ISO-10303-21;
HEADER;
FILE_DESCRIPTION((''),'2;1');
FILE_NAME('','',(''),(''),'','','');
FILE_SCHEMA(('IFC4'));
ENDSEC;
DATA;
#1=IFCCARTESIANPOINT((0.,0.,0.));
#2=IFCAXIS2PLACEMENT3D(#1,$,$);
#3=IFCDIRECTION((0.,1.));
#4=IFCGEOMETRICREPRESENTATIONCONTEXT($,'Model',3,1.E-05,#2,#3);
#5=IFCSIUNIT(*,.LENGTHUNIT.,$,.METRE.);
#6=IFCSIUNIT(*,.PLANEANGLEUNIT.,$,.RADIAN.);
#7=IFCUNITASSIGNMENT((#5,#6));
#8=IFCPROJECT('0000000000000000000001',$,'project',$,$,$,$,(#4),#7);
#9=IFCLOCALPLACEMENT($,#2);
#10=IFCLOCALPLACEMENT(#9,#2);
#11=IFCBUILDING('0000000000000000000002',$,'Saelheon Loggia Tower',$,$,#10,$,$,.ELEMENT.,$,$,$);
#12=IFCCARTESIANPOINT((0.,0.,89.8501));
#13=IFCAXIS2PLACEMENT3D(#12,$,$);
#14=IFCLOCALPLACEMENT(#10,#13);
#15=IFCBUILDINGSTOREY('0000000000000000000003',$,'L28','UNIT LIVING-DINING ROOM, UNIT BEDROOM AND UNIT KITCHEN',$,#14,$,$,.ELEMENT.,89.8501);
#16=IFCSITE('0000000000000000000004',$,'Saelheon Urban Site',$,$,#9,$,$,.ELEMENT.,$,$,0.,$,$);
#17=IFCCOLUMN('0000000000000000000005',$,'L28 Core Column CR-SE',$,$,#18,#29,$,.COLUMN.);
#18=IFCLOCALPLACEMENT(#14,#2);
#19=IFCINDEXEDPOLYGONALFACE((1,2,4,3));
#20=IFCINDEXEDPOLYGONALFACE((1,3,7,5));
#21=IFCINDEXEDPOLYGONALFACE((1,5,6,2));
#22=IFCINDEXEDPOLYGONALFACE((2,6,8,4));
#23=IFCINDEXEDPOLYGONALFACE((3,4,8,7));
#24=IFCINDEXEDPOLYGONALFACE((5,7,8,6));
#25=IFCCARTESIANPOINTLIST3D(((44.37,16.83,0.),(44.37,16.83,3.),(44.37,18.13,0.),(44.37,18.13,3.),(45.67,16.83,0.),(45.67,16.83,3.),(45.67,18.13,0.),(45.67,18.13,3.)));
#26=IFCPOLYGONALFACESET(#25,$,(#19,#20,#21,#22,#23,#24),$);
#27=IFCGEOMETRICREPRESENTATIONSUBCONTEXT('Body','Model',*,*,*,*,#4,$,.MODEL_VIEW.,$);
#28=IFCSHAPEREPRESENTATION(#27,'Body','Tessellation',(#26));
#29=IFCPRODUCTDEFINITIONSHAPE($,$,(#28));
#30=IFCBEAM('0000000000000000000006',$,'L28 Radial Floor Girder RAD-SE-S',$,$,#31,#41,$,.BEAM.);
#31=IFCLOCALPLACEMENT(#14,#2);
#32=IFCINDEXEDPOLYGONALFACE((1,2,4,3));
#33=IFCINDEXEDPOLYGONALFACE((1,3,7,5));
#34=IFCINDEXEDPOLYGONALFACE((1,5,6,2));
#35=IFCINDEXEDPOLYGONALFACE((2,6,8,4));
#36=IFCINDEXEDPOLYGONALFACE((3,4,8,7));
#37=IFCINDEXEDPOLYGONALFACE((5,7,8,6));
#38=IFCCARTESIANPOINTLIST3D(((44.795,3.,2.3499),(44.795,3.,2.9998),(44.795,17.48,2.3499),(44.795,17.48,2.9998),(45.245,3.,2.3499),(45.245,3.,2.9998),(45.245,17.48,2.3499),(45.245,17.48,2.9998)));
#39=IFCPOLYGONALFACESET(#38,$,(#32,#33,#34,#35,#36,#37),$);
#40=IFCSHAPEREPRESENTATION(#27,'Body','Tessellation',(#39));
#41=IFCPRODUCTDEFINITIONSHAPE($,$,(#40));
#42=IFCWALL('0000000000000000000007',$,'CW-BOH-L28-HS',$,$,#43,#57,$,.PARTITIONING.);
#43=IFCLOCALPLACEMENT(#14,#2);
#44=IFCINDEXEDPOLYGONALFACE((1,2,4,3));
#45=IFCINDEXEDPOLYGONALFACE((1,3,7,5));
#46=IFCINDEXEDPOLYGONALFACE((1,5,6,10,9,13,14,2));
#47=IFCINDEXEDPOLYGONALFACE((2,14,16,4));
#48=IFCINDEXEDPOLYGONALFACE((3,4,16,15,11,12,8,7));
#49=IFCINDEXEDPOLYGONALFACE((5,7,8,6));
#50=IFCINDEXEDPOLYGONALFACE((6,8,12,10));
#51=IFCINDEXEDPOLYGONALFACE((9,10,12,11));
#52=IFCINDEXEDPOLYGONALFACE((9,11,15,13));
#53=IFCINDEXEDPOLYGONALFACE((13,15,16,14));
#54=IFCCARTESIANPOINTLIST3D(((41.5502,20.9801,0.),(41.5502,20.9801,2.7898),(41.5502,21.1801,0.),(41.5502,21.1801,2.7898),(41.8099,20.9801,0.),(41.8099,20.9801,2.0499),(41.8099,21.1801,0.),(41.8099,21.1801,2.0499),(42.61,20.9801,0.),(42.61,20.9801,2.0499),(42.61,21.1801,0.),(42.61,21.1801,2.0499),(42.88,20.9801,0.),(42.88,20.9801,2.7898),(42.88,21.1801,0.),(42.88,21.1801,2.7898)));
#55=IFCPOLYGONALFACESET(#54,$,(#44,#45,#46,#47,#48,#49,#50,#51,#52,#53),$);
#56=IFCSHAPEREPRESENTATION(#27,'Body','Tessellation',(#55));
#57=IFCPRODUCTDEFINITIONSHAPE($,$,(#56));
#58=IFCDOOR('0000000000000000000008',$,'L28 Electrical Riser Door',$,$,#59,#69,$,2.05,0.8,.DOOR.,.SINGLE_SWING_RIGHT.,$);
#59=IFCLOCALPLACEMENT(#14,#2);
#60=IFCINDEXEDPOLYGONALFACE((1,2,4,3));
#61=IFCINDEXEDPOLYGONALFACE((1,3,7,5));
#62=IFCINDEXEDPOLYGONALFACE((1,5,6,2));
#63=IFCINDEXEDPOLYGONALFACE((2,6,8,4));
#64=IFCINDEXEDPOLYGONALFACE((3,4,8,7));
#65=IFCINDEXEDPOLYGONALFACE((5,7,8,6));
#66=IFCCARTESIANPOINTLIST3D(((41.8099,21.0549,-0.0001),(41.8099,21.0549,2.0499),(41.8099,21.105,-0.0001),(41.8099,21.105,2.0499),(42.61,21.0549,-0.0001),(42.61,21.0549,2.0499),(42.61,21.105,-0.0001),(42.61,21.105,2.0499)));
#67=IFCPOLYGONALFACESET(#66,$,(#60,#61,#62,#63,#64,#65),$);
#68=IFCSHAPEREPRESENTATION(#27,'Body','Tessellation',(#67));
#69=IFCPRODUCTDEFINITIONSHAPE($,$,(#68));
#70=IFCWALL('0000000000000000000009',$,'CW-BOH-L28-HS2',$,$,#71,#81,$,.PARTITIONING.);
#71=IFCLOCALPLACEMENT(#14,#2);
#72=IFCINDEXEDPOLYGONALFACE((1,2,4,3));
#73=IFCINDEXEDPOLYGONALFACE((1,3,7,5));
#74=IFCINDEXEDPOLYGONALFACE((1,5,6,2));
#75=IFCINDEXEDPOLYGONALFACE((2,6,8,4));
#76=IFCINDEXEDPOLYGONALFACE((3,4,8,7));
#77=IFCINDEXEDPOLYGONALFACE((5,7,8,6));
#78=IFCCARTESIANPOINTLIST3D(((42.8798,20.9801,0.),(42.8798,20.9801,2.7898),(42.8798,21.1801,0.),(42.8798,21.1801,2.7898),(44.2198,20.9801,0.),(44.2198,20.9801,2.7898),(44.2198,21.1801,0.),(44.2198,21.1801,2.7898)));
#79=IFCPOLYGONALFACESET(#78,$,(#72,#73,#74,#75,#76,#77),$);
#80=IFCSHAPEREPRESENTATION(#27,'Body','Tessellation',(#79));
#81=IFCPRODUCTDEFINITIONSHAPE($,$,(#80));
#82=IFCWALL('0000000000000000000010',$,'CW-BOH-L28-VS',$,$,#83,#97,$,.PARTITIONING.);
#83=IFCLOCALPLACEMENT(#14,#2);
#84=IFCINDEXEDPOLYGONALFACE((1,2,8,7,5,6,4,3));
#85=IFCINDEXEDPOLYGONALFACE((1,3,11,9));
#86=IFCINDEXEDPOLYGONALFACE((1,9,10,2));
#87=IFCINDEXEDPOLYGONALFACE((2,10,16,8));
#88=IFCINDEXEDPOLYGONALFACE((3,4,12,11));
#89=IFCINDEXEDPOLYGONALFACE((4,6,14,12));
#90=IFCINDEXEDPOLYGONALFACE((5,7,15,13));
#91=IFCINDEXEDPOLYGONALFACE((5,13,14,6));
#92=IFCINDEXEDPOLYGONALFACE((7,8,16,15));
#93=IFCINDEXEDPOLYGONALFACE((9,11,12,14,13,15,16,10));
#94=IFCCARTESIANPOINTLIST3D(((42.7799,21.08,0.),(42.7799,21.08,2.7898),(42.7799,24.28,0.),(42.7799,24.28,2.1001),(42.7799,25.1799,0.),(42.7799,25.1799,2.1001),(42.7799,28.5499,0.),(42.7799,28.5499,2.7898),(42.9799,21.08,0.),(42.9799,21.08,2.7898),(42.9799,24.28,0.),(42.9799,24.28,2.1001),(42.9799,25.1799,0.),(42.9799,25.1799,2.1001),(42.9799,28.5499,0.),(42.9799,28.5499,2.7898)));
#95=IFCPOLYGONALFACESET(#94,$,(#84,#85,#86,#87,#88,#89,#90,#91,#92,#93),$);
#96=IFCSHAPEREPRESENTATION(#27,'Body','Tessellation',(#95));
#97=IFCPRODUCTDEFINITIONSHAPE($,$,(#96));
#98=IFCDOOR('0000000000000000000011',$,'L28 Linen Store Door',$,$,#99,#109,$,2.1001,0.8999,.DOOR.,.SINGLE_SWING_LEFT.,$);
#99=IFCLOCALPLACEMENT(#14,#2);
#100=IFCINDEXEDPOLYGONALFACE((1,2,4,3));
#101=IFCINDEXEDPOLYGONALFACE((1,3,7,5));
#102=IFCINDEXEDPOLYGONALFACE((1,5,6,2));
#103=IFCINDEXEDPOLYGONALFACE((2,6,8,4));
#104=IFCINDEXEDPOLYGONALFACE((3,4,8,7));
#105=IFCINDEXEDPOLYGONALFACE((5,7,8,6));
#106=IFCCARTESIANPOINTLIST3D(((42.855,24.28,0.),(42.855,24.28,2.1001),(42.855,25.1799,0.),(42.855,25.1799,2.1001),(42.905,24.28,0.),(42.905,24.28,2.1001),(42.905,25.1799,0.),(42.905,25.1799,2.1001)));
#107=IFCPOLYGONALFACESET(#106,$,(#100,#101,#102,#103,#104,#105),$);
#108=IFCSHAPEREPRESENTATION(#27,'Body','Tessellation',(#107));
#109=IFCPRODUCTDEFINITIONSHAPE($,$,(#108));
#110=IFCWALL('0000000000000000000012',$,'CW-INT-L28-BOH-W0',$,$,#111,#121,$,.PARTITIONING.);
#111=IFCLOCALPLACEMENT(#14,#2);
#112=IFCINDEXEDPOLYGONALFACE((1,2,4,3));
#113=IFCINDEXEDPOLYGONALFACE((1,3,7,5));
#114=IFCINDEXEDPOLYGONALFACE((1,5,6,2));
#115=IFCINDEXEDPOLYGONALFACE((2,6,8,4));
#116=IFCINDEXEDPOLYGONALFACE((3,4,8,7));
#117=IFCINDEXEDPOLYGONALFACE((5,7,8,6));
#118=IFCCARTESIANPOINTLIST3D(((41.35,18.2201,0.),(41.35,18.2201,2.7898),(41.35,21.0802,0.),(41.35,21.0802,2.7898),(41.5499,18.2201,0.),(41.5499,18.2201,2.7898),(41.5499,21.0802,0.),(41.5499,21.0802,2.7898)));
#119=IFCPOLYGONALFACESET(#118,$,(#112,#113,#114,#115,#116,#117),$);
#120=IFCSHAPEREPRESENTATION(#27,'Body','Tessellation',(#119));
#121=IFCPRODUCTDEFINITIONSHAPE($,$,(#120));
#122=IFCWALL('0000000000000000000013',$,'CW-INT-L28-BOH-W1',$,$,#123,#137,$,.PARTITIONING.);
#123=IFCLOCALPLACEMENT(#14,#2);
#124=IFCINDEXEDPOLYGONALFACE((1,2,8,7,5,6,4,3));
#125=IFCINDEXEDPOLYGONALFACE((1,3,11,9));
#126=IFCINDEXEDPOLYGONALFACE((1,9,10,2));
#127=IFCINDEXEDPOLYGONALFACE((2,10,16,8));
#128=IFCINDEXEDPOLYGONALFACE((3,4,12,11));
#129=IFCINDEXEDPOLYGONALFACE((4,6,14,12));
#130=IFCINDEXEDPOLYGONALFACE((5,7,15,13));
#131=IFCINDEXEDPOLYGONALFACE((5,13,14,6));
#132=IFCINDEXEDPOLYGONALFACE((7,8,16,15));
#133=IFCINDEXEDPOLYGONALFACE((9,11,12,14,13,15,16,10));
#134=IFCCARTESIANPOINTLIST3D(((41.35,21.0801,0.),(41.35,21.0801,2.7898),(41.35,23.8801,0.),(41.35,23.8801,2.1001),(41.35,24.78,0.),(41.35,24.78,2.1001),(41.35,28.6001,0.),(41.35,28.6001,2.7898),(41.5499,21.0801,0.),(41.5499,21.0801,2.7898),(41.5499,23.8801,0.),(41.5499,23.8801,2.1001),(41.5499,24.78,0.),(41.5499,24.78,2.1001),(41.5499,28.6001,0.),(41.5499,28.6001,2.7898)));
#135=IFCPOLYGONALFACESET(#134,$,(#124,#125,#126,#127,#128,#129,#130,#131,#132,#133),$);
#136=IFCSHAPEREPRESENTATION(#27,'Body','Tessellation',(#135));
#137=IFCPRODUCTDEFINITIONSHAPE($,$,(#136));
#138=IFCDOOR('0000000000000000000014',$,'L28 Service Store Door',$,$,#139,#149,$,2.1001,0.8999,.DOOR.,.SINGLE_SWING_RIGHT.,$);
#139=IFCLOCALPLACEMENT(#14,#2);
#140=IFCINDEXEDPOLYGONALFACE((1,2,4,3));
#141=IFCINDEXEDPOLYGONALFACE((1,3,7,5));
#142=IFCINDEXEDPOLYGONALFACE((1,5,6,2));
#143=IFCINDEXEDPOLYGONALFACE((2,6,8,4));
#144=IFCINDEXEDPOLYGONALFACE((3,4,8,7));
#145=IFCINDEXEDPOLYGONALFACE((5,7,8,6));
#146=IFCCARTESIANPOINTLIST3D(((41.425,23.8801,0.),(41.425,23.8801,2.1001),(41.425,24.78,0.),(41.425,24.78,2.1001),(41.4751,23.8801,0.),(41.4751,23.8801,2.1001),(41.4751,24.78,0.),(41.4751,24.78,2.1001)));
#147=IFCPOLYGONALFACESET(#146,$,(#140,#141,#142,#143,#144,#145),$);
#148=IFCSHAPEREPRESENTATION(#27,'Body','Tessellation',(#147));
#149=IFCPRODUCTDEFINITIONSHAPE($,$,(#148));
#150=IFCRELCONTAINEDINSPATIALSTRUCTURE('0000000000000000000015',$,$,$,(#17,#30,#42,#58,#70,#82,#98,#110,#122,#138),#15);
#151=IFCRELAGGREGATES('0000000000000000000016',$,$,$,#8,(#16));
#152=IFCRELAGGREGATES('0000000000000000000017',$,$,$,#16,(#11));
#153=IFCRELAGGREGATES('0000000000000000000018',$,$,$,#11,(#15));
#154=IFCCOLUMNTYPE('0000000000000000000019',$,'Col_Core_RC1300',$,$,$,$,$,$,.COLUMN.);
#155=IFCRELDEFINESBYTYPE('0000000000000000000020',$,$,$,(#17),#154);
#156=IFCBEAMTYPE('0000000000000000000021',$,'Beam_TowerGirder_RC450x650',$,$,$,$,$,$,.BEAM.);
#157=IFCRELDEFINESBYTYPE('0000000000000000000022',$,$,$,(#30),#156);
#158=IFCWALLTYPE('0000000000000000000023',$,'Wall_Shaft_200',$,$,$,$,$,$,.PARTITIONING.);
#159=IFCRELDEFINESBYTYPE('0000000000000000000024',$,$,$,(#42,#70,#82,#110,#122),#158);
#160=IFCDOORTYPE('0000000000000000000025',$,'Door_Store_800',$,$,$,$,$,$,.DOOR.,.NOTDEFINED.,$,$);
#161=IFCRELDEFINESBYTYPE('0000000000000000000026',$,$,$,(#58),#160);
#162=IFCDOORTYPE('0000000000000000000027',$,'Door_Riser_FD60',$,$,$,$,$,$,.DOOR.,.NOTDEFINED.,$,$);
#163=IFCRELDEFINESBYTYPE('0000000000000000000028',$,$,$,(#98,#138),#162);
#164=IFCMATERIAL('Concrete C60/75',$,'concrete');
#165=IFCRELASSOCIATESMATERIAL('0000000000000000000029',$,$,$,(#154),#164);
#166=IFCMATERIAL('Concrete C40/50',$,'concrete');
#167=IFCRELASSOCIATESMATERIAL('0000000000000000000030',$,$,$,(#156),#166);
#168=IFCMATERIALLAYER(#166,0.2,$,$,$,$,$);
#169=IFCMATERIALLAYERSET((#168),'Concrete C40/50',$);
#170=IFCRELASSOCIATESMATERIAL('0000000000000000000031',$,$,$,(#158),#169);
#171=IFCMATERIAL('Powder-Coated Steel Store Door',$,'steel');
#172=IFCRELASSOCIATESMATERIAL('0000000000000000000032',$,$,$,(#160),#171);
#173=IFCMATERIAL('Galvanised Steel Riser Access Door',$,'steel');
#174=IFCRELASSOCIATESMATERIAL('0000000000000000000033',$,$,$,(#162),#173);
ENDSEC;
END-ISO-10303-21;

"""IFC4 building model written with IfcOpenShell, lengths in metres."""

from ifc_helpers import new_model, si_unit, direction, frame, frame_2d, origin, origin_2d, place, context, subcontext, project, spatial, rectangle, extrude, source, transform, mapped, material, layer, layer_set, material_profile, profile_set, type_object, element, fill, save


model = new_model("IFC4")

# Units and contexts
model_context = context("Model", 3, precision=1e-05, world=origin(), true_north=direction((0.0, 1.0)))
body_context = subcontext(model_context, "Body", "Model", "MODEL_VIEW")
ifc_project = project(units=[si_unit("LENGTHUNIT", "METRE"), si_unit("PLANEANGLEUNIT", "RADIAN")], contexts=[model_context])

# Site, building, storey
site_placement = place(None, origin())
site = spatial("IfcSite", under=ifc_project, at=site_placement, Name="Saelheon Urban Site", CompositionType="ELEMENT", RefElevation=0.0)
building_placement = place(site_placement, origin())
building = spatial("IfcBuilding", under=site, at=building_placement, Name="Saelheon Loggia Tower", CompositionType="ELEMENT")
storey_placement = place(building_placement, frame((0.0, 0.0, 89.8501)))
storey = spatial("IfcBuildingStorey", under=building, at=storey_placement, Name="L28", Description="UNIT LIVING-DINING ROOM, UNIT BEDROOM AND UNIT KITCHEN", CompositionType="ELEMENT", Elevation=89.8501)

# Column
ifc_material_1 = material(Name="Concrete C60/75", Category="concrete")
ifc_material_profile_1 = material_profile(ifc_material_1, rectangle(XDim=1.3, YDim=1.3, at=origin_2d()), Name="RC-1300x1300")
ifc_profile_set_1 = profile_set([ifc_material_profile_1], Name="Concrete C60/75")
column_type = type_object("IfcColumnType", Name="Col_Core_RC1300", PredefinedType="COLUMN", material=ifc_profile_set_1)
shared_shape_1 = source(origin(), body_context, "Body", "SweptSolid", [
    extrude(rectangle(XDim=1.3, YDim=1.3, at=origin_2d()), origin(), (0.0, 0.0, 1.0), 3.0),
])
column_placement = place(storey_placement, frame((45.02, 17.48, 0.0), z_axis=(0.0, 0.0, 1.0), x_axis=(1.0, 0.0, 0.0)))
element("IfcColumn", 1, at=column_placement, inside=storey, type_object=column_type, Name="L28 Core Column CR-SE", PredefinedType="COLUMN", context=body_context, shape_type="MappedRepresentation", body=[
    mapped(shared_shape_1, transform((0.0, 0.0, 0.0), scale=1.0)),
])

# Beam
ifc_material_2 = material(Name="Concrete C40/50", Category="concrete")
ifc_material_profile_2 = material_profile(ifc_material_2, rectangle(XDim=0.45, YDim=0.6499, at=origin_2d()), Name="RC-450x650")
ifc_profile_set_2 = profile_set([ifc_material_profile_2], Name="Concrete C40/50")
beam_type = type_object("IfcBeamType", Name="Beam_TowerGirder_RC450x650", PredefinedType="BEAM", material=ifc_profile_set_2)
shared_shape_2 = source(origin(), body_context, "Body", "SweptSolid", [
    extrude(rectangle(XDim=0.45, YDim=0.6499, at=origin_2d()), origin(), (0.0, 0.0, 1.0), 14.48),
])
beam_placement = place(storey_placement, frame((45.02, 17.48, 2.6748), z_axis=(0.0, -1.0, 0.0), x_axis=(1.0, 0.0, 0.0)))
element("IfcBeam", 2, at=beam_placement, inside=storey, type_object=beam_type, Name="L28 Radial Floor Girder RAD-SE-S", PredefinedType="BEAM", context=body_context, shape_type="MappedRepresentation", body=[
    mapped(shared_shape_2, transform((0.0, 0.0, 0.0), scale=1.0)),
])

# Wall, opening, door
ifc_layer = layer(ifc_material_2, 0.2)
ifc_layer_set = layer_set([ifc_layer], Name="Concrete C40/50")
wall_type = type_object("IfcWallType", Name="Wall_Shaft_200", PredefinedType="PARTITIONING", material=ifc_layer_set)
wall_1_placement = place(storey_placement, frame((41.55, 21.0801, 0.0), z_axis=(0.0, 0.0, 1.0), x_axis=(1.0, 0.0, 0.0)))
wall_1 = element("IfcWall", 3, at=wall_1_placement, inside=storey, type_object=wall_type, Name="CW-BOH-L28-HS", PredefinedType="PARTITIONING", context=body_context, shape_type="SweptSolid", body=[
    extrude(rectangle(XDim=1.3298, YDim=0.2, at=frame_2d((0.665, 0.0))), origin(), (0.0, 0.0, 1.0), 2.7898),
])
opening_1_placement = place(wall_1_placement, frame((0.26, 0.0, 0.0)))
opening_1 = element("IfcOpeningElement", 4, at=opening_1_placement, cuts=wall_1, PredefinedType="OPENING", context=body_context, shape_type="SweptSolid", body=[
    extrude(rectangle(XDim=0.8, YDim=2.05, at=frame_2d((0.3999, 1.0249))), frame((0.0, 0.1121, 0.0), z_axis=(0.0, -1.0, 0.0), x_axis=(1.0, 0.0, 0.0)), (0.0, 0.0, 1.0), 0.2239),
])
ifc_material_3 = material(Name="Powder-Coated Steel Store Door", Category="steel")
door_type_1 = type_object("IfcDoorType", Name="Door_Store_800", OperationType="NOTDEFINED", PredefinedType="DOOR", material=ifc_material_3)
shared_shape_3 = source(origin(), body_context, "Body", "SweptSolid", [
    extrude(rectangle(XDim=0.8, YDim=2.05, at=frame_2d((0.3999, 1.0249))), frame((0.0, 0.0249, 0.0), z_axis=(0.0, -1.0, 0.0), x_axis=(1.0, 0.0, 0.0)), (0.0, 0.0, 1.0), 0.05),
])
door_1_placement = place(opening_1_placement, origin())
door_1 = element("IfcDoor", 5, at=door_1_placement, inside=storey, type_object=door_type_1, Name="L28 Electrical Riser Door", OperationType="SINGLE_SWING_RIGHT", OverallHeight=2.05, OverallWidth=0.8, PredefinedType="DOOR", context=body_context, shape_type="MappedRepresentation", body=[
    mapped(shared_shape_3, transform((0.0, 0.0, 0.0), scale=1.0)),
])
fill(opening_1, door_1)

# Wall
wall_2_placement = place(storey_placement, frame((42.8799, 21.0801, 0.0), z_axis=(0.0, 0.0, 1.0), x_axis=(1.0, 0.0, 0.0)))
element("IfcWall", 6, at=wall_2_placement, inside=storey, type_object=wall_type, Name="CW-BOH-L28-HS2", PredefinedType="PARTITIONING", context=body_context, shape_type="SweptSolid", body=[
    extrude(rectangle(XDim=1.3401, YDim=0.2, at=frame_2d((0.6699, 0.0))), origin(), (0.0, 0.0, 1.0), 2.7898),
])

# Wall, opening, door
wall_3_placement = place(storey_placement, frame((42.8799, 21.0801, 0.0), z_axis=(0.0, 0.0, 1.0), x_axis=(0.0, 1.0, 0.0)))
wall_3 = element("IfcWall", 7, at=wall_3_placement, inside=storey, type_object=wall_type, Name="CW-BOH-L28-VS", PredefinedType="PARTITIONING", context=body_context, shape_type="SweptSolid", body=[
    extrude(rectangle(XDim=7.47, YDim=0.2, at=frame_2d((3.7349, 0.0))), origin(), (0.0, 0.0, 1.0), 2.7898),
])
opening_2_placement = place(wall_3_placement, frame((3.2, 0.0, 0.0)))
opening_2 = element("IfcOpeningElement", 8, at=opening_2_placement, cuts=wall_3, PredefinedType="OPENING", context=body_context, shape_type="SweptSolid", body=[
    extrude(rectangle(XDim=0.8999, YDim=2.1001, at=frame_2d((0.45, 1.05))), frame((0.0, 0.1121, 0.0), z_axis=(0.0, -1.0, 0.0), x_axis=(1.0, 0.0, 0.0)), (0.0, 0.0, 1.0), 0.2239),
])
ifc_material_4 = material(Name="Galvanised Steel Riser Access Door", Category="steel")
door_type_2 = type_object("IfcDoorType", Name="Door_Riser_FD60", OperationType="NOTDEFINED", PredefinedType="DOOR", material=ifc_material_4)
shared_shape_4 = source(origin(), body_context, "Body", "SweptSolid", [
    extrude(rectangle(XDim=0.8999, YDim=2.1001, at=frame_2d((0.45, 1.05))), frame((0.0, 0.0249, 0.0), z_axis=(0.0, -1.0, 0.0), x_axis=(1.0, 0.0, 0.0)), (0.0, 0.0, 1.0), 0.05),
])
door_2_placement = place(opening_2_placement, origin())
door_2 = element("IfcDoor", 9, at=door_2_placement, inside=storey, type_object=door_type_2, Name="L28 Linen Store Door", OperationType="SINGLE_SWING_LEFT", OverallHeight=2.1001, OverallWidth=0.8999, PredefinedType="DOOR", context=body_context, shape_type="MappedRepresentation", body=[
    mapped(shared_shape_4, transform((0.0, 0.0, 0.0), scale=1.0)),
])
fill(opening_2, door_2)

# Wall
wall_4_placement = place(storey_placement, frame((41.45, 18.22, 0.0), z_axis=(0.0, 0.0, 1.0), x_axis=(0.0, 1.0, 0.0)))
element("IfcWall", 10, at=wall_4_placement, inside=storey, type_object=wall_type, Name="CW-INT-L28-BOH-W0", PredefinedType="PARTITIONING", context=body_context, shape_type="SweptSolid", body=[
    extrude(rectangle(XDim=2.8601, YDim=0.2, at=frame_2d((1.4302, 0.0))), origin(), (0.0, 0.0, 1.0), 2.7898),
])

# Wall, opening, door
wall_5_placement = place(storey_placement, frame((41.45, 21.0801, 0.0), z_axis=(0.0, 0.0, 1.0), x_axis=(0.0, 1.0, 0.0)))
wall_5 = element("IfcWall", 11, at=wall_5_placement, inside=storey, type_object=wall_type, Name="CW-INT-L28-BOH-W1", PredefinedType="PARTITIONING", context=body_context, shape_type="SweptSolid", body=[
    extrude(rectangle(XDim=7.52, YDim=0.2, at=frame_2d((3.76, 0.0))), origin(), (0.0, 0.0, 1.0), 2.7898),
])
opening_3_placement = place(wall_5_placement, frame((2.8, 0.0, 0.0)))
opening_3 = element("IfcOpeningElement", 12, at=opening_3_placement, cuts=wall_5, PredefinedType="OPENING", context=body_context, shape_type="SweptSolid", body=[
    extrude(rectangle(XDim=0.8999, YDim=2.1001, at=frame_2d((0.45, 1.05))), frame((0.0, 0.1121, 0.0), z_axis=(0.0, -1.0, 0.0), x_axis=(1.0, 0.0, 0.0)), (0.0, 0.0, 1.0), 0.2239),
])
door_3_placement = place(opening_3_placement, origin())
door_3 = element("IfcDoor", 13, at=door_3_placement, inside=storey, type_object=door_type_2, Name="L28 Service Store Door", OperationType="SINGLE_SWING_RIGHT", OverallHeight=2.1001, OverallWidth=0.8999, PredefinedType="DOOR", context=body_context, shape_type="MappedRepresentation", body=[
    mapped(shared_shape_4, transform((0.0, 0.0, 0.0), scale=1.0)),
])
fill(opening_3, door_3)

save(model, "model.ifc")
